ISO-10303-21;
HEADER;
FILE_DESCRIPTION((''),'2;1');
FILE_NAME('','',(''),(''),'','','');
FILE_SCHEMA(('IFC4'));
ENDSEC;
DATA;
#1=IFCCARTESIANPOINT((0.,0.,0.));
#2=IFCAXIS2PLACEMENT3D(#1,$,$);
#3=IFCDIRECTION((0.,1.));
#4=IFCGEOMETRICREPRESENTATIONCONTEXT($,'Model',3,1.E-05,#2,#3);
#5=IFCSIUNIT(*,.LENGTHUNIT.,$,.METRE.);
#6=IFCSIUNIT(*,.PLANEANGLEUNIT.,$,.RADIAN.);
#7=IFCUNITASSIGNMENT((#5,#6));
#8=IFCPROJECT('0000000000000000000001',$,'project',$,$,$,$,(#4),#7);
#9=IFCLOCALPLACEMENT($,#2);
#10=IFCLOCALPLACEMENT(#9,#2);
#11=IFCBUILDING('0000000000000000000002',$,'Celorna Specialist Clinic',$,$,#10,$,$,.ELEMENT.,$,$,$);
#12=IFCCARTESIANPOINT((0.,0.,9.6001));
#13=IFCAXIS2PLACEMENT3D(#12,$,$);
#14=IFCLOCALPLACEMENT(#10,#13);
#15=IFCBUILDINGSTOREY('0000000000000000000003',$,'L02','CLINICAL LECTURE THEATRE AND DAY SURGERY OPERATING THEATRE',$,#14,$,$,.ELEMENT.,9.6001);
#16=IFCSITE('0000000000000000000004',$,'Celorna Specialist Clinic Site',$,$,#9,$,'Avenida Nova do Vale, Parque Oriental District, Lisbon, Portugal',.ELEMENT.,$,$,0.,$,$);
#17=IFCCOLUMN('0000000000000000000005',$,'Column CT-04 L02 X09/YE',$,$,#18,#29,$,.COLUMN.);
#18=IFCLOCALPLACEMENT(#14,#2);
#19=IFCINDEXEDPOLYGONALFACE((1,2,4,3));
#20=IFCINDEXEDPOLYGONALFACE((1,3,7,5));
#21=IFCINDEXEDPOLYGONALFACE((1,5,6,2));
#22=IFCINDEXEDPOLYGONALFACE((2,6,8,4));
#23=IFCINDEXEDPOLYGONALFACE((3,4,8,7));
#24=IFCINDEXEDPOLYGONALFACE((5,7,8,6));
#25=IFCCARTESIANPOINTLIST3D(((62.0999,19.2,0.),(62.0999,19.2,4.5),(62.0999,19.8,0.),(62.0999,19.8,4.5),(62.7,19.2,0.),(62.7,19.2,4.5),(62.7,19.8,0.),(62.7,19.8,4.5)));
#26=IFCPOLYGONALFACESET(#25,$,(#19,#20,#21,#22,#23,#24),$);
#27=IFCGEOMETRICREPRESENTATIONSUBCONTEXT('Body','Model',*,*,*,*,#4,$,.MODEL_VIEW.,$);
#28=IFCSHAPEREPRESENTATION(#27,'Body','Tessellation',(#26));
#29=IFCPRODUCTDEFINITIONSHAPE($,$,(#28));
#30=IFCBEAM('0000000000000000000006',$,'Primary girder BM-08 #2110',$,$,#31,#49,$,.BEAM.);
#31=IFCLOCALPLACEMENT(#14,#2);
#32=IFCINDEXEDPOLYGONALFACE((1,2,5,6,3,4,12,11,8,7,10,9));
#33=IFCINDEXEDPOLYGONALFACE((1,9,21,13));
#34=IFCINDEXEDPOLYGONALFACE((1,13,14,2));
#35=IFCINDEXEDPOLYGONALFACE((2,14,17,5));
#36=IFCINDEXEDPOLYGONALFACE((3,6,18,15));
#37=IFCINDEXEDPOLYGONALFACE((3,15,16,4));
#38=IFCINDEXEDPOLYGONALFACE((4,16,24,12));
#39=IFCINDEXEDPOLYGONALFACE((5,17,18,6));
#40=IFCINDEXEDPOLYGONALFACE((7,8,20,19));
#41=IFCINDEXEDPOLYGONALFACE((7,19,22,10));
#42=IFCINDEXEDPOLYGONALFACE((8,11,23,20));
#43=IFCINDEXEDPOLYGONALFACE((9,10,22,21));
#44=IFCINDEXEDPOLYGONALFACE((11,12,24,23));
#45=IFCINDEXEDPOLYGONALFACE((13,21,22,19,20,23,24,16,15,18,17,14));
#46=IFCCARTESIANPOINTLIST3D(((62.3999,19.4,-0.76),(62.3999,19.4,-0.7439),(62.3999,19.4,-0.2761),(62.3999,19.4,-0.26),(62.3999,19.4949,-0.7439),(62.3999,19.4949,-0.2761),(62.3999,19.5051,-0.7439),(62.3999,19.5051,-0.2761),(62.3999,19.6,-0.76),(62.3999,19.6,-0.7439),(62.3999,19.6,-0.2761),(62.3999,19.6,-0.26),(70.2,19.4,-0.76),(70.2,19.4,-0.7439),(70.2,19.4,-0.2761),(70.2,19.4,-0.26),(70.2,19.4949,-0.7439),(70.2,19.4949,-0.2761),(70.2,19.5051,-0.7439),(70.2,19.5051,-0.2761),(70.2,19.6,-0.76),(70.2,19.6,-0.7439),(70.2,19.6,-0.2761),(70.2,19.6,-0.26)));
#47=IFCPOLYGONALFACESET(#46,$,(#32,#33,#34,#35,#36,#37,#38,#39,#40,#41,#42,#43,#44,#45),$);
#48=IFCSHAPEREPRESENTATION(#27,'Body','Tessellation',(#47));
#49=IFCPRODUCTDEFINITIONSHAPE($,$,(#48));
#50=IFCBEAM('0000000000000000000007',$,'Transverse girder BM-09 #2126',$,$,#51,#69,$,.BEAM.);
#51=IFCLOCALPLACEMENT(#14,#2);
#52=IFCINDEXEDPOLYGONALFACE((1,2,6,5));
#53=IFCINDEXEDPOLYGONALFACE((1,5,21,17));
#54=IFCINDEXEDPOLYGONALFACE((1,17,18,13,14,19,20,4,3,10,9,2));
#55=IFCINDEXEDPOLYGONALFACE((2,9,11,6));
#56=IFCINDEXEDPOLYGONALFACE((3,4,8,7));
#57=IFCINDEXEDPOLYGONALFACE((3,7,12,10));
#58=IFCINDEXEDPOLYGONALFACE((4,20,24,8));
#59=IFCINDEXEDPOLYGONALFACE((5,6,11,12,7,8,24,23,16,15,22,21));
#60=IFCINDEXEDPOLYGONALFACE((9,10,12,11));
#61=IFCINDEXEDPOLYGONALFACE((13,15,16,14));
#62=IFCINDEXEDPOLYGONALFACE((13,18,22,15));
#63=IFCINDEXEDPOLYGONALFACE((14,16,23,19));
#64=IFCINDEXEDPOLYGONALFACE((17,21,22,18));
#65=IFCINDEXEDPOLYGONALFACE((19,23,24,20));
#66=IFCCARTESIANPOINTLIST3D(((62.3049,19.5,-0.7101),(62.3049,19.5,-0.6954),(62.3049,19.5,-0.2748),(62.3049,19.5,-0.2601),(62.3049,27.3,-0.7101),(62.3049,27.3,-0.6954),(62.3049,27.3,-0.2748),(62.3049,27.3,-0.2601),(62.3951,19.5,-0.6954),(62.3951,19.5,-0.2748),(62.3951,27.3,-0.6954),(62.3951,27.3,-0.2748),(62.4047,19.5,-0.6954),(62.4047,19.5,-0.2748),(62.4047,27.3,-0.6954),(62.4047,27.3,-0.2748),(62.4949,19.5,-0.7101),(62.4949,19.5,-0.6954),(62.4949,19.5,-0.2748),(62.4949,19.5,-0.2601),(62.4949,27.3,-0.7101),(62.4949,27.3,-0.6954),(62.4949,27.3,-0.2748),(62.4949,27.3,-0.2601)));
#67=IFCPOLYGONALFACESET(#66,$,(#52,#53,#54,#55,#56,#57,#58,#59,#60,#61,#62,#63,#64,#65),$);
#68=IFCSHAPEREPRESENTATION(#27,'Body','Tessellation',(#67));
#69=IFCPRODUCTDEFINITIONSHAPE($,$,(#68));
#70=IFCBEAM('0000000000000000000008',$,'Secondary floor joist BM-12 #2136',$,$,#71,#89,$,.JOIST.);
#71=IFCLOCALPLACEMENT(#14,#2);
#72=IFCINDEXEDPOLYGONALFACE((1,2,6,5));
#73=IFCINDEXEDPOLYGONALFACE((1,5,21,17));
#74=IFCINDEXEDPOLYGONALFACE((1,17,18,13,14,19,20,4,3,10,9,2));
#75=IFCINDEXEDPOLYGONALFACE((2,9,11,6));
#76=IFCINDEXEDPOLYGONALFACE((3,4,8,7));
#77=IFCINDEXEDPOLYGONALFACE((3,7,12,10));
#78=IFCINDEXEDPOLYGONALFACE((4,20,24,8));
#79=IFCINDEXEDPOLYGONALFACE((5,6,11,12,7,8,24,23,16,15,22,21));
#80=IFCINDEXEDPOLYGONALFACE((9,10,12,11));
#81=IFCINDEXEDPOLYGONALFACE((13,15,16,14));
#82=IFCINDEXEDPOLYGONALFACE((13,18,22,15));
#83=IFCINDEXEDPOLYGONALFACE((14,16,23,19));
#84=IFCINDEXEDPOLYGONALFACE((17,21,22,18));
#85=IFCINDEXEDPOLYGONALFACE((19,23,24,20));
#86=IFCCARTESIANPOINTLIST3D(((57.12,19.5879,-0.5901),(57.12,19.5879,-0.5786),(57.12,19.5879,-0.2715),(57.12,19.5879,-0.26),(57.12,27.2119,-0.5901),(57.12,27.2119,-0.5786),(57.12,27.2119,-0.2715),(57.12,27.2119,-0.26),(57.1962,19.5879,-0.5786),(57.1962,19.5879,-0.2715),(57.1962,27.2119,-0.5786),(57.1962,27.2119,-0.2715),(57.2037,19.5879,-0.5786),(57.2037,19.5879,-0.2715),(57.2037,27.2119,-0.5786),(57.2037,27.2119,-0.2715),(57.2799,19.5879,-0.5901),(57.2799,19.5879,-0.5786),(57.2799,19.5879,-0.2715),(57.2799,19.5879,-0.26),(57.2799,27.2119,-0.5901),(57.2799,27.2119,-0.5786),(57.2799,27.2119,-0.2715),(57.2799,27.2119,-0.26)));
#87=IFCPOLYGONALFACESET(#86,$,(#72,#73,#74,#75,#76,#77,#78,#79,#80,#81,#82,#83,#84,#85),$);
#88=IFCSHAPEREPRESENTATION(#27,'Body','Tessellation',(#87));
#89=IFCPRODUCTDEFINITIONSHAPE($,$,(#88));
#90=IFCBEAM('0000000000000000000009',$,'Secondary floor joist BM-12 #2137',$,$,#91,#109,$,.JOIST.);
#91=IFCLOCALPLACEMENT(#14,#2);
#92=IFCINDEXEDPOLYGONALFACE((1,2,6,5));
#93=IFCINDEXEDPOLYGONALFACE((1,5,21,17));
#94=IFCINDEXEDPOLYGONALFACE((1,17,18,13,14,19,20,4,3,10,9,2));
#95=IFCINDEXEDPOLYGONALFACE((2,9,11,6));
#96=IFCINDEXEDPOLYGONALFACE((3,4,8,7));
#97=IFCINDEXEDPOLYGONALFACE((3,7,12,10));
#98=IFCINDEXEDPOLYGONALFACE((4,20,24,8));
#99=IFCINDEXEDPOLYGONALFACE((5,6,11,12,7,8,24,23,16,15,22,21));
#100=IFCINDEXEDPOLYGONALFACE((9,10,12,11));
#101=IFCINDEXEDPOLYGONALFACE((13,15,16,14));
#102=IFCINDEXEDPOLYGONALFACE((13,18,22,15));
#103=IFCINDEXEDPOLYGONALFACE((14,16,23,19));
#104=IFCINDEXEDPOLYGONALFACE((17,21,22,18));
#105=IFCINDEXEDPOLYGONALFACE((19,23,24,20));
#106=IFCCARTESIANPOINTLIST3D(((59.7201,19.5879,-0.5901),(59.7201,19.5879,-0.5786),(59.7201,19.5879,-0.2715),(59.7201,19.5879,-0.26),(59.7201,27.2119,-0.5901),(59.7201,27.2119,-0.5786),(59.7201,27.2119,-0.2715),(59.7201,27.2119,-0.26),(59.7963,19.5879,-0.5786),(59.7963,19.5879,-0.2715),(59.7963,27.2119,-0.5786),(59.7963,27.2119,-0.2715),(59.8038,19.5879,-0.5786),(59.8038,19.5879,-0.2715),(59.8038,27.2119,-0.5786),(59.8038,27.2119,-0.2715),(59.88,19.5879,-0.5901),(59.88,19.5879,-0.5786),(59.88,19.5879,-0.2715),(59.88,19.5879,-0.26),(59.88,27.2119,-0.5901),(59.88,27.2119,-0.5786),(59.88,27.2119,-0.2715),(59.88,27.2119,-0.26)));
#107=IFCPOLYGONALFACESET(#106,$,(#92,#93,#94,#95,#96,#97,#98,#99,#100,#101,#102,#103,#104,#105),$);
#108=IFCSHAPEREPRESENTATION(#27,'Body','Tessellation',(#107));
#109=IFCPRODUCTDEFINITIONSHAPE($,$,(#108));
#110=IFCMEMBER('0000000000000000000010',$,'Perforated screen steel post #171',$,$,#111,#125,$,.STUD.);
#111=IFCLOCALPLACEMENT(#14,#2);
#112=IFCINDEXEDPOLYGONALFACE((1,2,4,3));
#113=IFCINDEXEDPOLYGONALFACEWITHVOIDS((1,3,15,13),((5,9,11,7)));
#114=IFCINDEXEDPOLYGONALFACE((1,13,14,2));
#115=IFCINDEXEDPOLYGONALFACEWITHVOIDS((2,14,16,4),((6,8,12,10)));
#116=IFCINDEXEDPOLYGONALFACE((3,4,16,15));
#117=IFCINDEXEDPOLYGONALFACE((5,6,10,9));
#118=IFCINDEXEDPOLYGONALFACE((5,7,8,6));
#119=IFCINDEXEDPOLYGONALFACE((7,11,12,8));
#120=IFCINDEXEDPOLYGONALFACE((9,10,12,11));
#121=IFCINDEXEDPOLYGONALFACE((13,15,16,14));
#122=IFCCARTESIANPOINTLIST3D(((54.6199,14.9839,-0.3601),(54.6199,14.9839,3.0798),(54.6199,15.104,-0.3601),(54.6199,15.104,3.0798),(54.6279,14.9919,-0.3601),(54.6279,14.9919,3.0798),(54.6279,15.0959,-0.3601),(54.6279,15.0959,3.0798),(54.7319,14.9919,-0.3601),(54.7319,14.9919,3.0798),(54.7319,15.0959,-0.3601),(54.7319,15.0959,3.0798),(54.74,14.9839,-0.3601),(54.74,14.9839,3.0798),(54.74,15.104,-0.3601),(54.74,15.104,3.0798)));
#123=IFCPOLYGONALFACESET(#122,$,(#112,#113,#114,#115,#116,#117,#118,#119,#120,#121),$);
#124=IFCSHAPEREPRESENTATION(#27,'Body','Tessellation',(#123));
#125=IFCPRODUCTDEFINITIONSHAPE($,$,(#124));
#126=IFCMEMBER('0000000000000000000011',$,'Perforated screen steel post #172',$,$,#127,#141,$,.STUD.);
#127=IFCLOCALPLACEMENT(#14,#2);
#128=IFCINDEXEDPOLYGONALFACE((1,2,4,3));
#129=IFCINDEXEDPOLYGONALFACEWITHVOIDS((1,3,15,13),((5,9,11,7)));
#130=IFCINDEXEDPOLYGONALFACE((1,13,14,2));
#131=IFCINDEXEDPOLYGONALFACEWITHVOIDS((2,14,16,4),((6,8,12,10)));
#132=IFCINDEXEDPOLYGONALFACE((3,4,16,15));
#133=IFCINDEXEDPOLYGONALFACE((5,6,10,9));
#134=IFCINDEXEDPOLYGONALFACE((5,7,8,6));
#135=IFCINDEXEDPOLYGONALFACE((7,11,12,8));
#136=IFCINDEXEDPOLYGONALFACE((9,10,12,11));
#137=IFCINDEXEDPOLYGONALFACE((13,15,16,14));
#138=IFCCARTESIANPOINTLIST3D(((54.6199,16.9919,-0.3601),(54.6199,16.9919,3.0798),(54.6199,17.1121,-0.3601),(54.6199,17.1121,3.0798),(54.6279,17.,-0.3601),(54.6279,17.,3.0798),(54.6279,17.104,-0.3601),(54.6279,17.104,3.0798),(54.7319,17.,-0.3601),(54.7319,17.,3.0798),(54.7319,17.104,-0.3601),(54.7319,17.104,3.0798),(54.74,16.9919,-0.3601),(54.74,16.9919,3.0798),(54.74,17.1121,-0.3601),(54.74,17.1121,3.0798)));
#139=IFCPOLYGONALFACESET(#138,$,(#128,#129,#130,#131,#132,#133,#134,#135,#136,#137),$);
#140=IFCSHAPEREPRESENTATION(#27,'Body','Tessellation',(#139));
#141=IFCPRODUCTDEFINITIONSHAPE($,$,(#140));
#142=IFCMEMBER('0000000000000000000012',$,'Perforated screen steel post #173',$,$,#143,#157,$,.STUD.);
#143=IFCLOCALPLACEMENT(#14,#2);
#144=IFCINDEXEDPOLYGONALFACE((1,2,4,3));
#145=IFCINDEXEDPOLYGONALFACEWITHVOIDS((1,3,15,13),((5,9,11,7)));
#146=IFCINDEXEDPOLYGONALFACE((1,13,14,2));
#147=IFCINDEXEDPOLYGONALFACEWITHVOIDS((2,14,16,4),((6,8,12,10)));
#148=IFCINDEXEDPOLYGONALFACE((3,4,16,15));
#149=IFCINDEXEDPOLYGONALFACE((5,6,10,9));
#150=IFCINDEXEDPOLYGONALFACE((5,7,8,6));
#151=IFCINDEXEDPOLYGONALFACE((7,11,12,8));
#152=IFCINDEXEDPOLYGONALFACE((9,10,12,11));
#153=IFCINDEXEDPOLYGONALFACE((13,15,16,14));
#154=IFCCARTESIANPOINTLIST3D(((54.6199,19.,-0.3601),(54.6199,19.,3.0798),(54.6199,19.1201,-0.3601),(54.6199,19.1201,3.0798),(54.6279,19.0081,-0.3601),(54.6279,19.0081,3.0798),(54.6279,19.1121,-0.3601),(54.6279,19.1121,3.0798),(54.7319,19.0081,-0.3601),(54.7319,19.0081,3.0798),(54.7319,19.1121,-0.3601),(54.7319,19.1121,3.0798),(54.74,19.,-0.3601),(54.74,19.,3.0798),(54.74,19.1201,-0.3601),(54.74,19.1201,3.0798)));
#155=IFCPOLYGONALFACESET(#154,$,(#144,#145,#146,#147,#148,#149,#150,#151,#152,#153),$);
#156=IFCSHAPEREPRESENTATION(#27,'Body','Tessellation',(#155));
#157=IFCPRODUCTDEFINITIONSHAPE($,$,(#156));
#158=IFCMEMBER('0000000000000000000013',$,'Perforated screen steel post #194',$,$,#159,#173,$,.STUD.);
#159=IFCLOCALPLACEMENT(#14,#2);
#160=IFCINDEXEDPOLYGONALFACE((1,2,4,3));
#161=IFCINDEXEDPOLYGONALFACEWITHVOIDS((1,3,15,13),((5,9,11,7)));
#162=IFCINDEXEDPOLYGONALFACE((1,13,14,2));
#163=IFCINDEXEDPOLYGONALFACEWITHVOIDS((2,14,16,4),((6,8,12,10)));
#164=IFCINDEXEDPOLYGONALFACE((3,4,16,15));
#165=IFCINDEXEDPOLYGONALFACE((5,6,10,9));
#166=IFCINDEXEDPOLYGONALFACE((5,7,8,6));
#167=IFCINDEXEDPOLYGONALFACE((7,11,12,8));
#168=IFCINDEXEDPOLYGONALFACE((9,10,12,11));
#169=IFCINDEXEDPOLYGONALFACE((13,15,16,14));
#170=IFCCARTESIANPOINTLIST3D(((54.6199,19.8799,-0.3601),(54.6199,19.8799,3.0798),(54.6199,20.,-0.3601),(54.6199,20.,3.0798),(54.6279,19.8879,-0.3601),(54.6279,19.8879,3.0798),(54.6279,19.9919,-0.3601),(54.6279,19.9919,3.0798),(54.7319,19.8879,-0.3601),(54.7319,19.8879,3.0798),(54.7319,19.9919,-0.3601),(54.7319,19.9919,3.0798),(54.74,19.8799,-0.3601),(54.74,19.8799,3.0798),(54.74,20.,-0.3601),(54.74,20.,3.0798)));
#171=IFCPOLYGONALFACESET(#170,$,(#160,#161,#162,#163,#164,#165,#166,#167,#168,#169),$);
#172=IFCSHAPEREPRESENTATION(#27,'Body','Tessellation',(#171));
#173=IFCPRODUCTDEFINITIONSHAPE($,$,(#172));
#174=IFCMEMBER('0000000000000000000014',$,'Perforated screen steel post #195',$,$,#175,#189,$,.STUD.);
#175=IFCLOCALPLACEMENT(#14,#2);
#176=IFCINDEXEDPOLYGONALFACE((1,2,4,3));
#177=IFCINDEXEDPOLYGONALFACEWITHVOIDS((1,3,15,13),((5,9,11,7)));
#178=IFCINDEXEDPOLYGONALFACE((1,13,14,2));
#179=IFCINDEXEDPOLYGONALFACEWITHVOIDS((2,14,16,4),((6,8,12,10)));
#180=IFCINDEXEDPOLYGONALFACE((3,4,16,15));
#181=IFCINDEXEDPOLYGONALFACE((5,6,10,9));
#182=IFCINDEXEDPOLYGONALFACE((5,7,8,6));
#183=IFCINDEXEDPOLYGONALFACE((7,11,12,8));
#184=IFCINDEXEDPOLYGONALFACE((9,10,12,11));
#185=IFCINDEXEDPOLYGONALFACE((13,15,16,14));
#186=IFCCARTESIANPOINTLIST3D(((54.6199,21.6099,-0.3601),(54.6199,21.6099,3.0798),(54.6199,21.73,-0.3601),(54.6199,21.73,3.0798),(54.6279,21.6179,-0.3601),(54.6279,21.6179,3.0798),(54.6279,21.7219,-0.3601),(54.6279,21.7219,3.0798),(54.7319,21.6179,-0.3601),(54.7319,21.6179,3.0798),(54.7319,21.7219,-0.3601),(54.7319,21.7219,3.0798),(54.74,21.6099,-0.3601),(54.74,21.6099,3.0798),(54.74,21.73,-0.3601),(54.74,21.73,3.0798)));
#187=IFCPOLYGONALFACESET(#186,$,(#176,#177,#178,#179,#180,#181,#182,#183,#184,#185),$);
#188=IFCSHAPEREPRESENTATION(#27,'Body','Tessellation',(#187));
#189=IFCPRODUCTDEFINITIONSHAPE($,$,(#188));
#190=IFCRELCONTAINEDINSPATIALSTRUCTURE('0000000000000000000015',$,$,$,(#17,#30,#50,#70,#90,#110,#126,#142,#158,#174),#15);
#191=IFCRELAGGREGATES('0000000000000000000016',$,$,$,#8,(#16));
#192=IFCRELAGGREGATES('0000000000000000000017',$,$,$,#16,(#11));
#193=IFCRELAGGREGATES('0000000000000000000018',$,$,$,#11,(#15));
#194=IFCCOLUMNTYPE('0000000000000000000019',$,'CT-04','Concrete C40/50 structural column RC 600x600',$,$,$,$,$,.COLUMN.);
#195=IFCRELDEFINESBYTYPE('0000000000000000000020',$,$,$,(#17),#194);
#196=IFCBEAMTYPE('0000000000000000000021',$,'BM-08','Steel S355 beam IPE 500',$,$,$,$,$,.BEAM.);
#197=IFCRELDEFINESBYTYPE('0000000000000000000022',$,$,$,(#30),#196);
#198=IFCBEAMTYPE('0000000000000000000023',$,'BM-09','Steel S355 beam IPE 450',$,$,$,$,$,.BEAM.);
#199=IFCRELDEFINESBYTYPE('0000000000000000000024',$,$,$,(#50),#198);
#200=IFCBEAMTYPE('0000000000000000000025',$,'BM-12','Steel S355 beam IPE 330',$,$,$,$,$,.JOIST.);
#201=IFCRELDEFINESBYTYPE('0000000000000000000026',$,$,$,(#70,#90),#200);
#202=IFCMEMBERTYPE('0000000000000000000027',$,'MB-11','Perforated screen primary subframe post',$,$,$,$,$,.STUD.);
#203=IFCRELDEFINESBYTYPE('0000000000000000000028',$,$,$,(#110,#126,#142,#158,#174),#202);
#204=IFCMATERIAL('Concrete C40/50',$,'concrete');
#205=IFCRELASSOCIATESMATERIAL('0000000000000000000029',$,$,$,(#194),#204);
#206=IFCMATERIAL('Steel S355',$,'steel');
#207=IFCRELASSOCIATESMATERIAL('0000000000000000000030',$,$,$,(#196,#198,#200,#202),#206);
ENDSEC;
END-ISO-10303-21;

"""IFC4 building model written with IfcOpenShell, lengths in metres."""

from ifc_helpers import new_model, si_unit, direction, frame, origin, origin_2d, place, context, subcontext, project, spatial, rectangle, hollow_rectangle, i_section, extrude, material, material_profile, profile_set, type_object, element, save


model = new_model("IFC4")

# Units and contexts
model_context = context("Model", 3, precision=1e-05, world=origin(), true_north=direction((0.0, 1.0)))
body_context = subcontext(model_context, "Body", "Model", "MODEL_VIEW")
ifc_project = project(units=[si_unit("LENGTHUNIT", "METRE"), si_unit("PLANEANGLEUNIT", "RADIAN")], contexts=[model_context])

# Site, building, storey
site_placement = place(None, origin())
site = spatial("IfcSite", under=ifc_project, at=site_placement, Name="Celorna Specialist Clinic Site", LongName="Avenida Nova do Vale, Parque Oriental District, Lisbon, Portugal", CompositionType="ELEMENT", RefElevation=0.0)
building_placement = place(site_placement, origin())
building = spatial("IfcBuilding", under=site, at=building_placement, Name="Celorna Specialist Clinic", CompositionType="ELEMENT")
storey_placement = place(building_placement, frame((0.0, 0.0, 9.6001)))
storey = spatial("IfcBuildingStorey", under=building, at=storey_placement, Name="L02", Description="CLINICAL LECTURE THEATRE AND DAY SURGERY OPERATING THEATRE", CompositionType="ELEMENT", Elevation=9.6001)

# Column
ifc_material_1 = material(Name="Concrete C40/50", Category="concrete")
ifc_material_profile_1 = material_profile(ifc_material_1, rectangle(XDim=0.6001, YDim=0.6001, at=origin_2d()), Name="RC 600x600")
ifc_profile_set_1 = profile_set([ifc_material_profile_1], Name="Concrete C40/50")
column_type = type_object("IfcColumnType", Name="CT-04", Description="Concrete C40/50 structural column RC 600x600", PredefinedType="COLUMN", material=ifc_profile_set_1)
column_placement = place(storey_placement, frame((62.3999, 19.5, 0.0), z_axis=(0.0, 0.0, 1.0), x_axis=(1.0, 0.0, 0.0)))
element("IfcColumn", 1, at=column_placement, inside=storey, type_object=column_type, Name="Column CT-04 L02 X09/YE", PredefinedType="COLUMN", context=body_context, shape_type="SweptSolid", body=[
    extrude(rectangle(XDim=0.6001, YDim=0.6001, at=origin_2d()), origin(), (0.0, 0.0, 1.0), 4.5),
])

# Beams
ifc_material_2 = material(Name="Steel S355", Category="steel")
ifc_material_profile_2 = material_profile(ifc_material_2, i_section(OverallWidth=0.2, OverallDepth=0.5, WebThickness=0.0103, FlangeThickness=0.0161, at=origin_2d()), Name="IPE 500")
ifc_profile_set_2 = profile_set([ifc_material_profile_2], Name="Steel S355")
beam_type_1 = type_object("IfcBeamType", Name="BM-08", Description="Steel S355 beam IPE 500", PredefinedType="BEAM", material=ifc_profile_set_2)
beam_1_placement = place(storey_placement, frame((62.3999, 19.5, -0.51), z_axis=(1.0, 0.0, 0.0), x_axis=(0.0, 1.0, 0.0)))
element("IfcBeam", 2, at=beam_1_placement, inside=storey, type_object=beam_type_1, Name="Primary girder BM-08 #2110", PredefinedType="BEAM", context=body_context, shape_type="SweptSolid", body=[
    extrude(i_section(OverallWidth=0.2, OverallDepth=0.5, WebThickness=0.0103, FlangeThickness=0.0161, at=origin_2d()), origin(), (0.0, 0.0, 1.0), 7.8),
])
ifc_material_profile_3 = material_profile(ifc_material_2, i_section(OverallWidth=0.1899, OverallDepth=0.45, WebThickness=0.0095, FlangeThickness=0.0146, at=origin_2d()), Name="IPE 450")
ifc_profile_set_3 = profile_set([ifc_material_profile_3], Name="Steel S355")
beam_type_2 = type_object("IfcBeamType", Name="BM-09", Description="Steel S355 beam IPE 450", PredefinedType="BEAM", material=ifc_profile_set_3)
beam_2_placement = place(storey_placement, frame((62.3999, 19.5, -0.4851), z_axis=(0.0, 1.0, 0.0), x_axis=(-1.0, 0.0, 0.0)))
element("IfcBeam", 3, at=beam_2_placement, inside=storey, type_object=beam_type_2, Name="Transverse girder BM-09 #2126", PredefinedType="BEAM", context=body_context, shape_type="SweptSolid", body=[
    extrude(i_section(OverallWidth=0.1899, OverallDepth=0.45, WebThickness=0.0095, FlangeThickness=0.0146, at=origin_2d()), origin(), (0.0, 0.0, 1.0), 7.8),
])
ifc_material_profile_4 = material_profile(ifc_material_2, i_section(OverallWidth=0.1599, OverallDepth=0.3301, WebThickness=0.0076, FlangeThickness=0.0115, at=origin_2d()), Name="IPE 330")
ifc_profile_set_4 = profile_set([ifc_material_profile_4], Name="Steel S355")
beam_type_3 = type_object("IfcBeamType", Name="BM-12", Description="Steel S355 beam IPE 330", PredefinedType="JOIST", material=ifc_profile_set_4)
for number, where, z_axis, x_axis, name in (
    (4, (57.2, 19.5879, -0.425), (0.0, 1.0, 0.0), (-1.0, 0.0, 0.0), "Secondary floor joist BM-12 #2136"),
    (5, (59.8, 19.5879, -0.425), (0.0, 1.0, 0.0), (-1.0, 0.0, 0.0), "Secondary floor joist BM-12 #2137"),
):
    element("IfcBeam", number, at=place(storey_placement, frame(where, z_axis=z_axis, x_axis=x_axis)), inside=storey, type_object=beam_type_3, Name=name, PredefinedType="JOIST", context=body_context, shape_type="SweptSolid", body=[
        extrude(i_section(OverallWidth=0.1599, OverallDepth=0.3301, WebThickness=0.0076, FlangeThickness=0.0115, at=origin_2d()), origin(), (0.0, 0.0, 1.0), 7.624),
    ])

# Members
ifc_material_profile_5 = material_profile(ifc_material_2, hollow_rectangle(XDim=0.1201, YDim=0.1201, WallThickness=0.0081, at=origin_2d()), Name="SHS 120x120x8")
ifc_profile_set_5 = profile_set([ifc_material_profile_5], Name="Steel S355")
member_type_1 = type_object("IfcMemberType", Name="MB-11", Description="Perforated screen primary subframe post", PredefinedType="STUD", material=ifc_profile_set_5)
for number, where, z_axis, x_axis, name in (
    (6, (54.6799, 15.0439, -0.3601), (0.0, 0.0, 1.0), (1.0, 0.0, 0.0), "Perforated screen steel post #171"),
    (7, (54.6799, 17.052, -0.3601), (0.0, 0.0, 1.0), (1.0, 0.0, 0.0), "Perforated screen steel post #172"),
    (8, (54.6799, 19.0601, -0.3601), (0.0, 0.0, 1.0), (1.0, 0.0, 0.0), "Perforated screen steel post #173"),
    (9, (54.6799, 19.9399, -0.3601), (0.0, 0.0, 1.0), (1.0, 0.0, 0.0), "Perforated screen steel post #194"),
    (10, (54.6799, 21.6699, -0.3601), (0.0, 0.0, 1.0), (1.0, 0.0, 0.0), "Perforated screen steel post #195"),
):
    element("IfcMember", number, at=place(storey_placement, frame(where, z_axis=z_axis, x_axis=x_axis)), inside=storey, type_object=member_type_1, Name=name, PredefinedType="STUD", context=body_context, shape_type="SweptSolid", body=[
        extrude(hollow_rectangle(XDim=0.1201, YDim=0.1201, WallThickness=0.0081, at=origin_2d()), origin(), (0.0, 0.0, 1.0), 3.4399),
    ])

save(model, "model.ifc")
